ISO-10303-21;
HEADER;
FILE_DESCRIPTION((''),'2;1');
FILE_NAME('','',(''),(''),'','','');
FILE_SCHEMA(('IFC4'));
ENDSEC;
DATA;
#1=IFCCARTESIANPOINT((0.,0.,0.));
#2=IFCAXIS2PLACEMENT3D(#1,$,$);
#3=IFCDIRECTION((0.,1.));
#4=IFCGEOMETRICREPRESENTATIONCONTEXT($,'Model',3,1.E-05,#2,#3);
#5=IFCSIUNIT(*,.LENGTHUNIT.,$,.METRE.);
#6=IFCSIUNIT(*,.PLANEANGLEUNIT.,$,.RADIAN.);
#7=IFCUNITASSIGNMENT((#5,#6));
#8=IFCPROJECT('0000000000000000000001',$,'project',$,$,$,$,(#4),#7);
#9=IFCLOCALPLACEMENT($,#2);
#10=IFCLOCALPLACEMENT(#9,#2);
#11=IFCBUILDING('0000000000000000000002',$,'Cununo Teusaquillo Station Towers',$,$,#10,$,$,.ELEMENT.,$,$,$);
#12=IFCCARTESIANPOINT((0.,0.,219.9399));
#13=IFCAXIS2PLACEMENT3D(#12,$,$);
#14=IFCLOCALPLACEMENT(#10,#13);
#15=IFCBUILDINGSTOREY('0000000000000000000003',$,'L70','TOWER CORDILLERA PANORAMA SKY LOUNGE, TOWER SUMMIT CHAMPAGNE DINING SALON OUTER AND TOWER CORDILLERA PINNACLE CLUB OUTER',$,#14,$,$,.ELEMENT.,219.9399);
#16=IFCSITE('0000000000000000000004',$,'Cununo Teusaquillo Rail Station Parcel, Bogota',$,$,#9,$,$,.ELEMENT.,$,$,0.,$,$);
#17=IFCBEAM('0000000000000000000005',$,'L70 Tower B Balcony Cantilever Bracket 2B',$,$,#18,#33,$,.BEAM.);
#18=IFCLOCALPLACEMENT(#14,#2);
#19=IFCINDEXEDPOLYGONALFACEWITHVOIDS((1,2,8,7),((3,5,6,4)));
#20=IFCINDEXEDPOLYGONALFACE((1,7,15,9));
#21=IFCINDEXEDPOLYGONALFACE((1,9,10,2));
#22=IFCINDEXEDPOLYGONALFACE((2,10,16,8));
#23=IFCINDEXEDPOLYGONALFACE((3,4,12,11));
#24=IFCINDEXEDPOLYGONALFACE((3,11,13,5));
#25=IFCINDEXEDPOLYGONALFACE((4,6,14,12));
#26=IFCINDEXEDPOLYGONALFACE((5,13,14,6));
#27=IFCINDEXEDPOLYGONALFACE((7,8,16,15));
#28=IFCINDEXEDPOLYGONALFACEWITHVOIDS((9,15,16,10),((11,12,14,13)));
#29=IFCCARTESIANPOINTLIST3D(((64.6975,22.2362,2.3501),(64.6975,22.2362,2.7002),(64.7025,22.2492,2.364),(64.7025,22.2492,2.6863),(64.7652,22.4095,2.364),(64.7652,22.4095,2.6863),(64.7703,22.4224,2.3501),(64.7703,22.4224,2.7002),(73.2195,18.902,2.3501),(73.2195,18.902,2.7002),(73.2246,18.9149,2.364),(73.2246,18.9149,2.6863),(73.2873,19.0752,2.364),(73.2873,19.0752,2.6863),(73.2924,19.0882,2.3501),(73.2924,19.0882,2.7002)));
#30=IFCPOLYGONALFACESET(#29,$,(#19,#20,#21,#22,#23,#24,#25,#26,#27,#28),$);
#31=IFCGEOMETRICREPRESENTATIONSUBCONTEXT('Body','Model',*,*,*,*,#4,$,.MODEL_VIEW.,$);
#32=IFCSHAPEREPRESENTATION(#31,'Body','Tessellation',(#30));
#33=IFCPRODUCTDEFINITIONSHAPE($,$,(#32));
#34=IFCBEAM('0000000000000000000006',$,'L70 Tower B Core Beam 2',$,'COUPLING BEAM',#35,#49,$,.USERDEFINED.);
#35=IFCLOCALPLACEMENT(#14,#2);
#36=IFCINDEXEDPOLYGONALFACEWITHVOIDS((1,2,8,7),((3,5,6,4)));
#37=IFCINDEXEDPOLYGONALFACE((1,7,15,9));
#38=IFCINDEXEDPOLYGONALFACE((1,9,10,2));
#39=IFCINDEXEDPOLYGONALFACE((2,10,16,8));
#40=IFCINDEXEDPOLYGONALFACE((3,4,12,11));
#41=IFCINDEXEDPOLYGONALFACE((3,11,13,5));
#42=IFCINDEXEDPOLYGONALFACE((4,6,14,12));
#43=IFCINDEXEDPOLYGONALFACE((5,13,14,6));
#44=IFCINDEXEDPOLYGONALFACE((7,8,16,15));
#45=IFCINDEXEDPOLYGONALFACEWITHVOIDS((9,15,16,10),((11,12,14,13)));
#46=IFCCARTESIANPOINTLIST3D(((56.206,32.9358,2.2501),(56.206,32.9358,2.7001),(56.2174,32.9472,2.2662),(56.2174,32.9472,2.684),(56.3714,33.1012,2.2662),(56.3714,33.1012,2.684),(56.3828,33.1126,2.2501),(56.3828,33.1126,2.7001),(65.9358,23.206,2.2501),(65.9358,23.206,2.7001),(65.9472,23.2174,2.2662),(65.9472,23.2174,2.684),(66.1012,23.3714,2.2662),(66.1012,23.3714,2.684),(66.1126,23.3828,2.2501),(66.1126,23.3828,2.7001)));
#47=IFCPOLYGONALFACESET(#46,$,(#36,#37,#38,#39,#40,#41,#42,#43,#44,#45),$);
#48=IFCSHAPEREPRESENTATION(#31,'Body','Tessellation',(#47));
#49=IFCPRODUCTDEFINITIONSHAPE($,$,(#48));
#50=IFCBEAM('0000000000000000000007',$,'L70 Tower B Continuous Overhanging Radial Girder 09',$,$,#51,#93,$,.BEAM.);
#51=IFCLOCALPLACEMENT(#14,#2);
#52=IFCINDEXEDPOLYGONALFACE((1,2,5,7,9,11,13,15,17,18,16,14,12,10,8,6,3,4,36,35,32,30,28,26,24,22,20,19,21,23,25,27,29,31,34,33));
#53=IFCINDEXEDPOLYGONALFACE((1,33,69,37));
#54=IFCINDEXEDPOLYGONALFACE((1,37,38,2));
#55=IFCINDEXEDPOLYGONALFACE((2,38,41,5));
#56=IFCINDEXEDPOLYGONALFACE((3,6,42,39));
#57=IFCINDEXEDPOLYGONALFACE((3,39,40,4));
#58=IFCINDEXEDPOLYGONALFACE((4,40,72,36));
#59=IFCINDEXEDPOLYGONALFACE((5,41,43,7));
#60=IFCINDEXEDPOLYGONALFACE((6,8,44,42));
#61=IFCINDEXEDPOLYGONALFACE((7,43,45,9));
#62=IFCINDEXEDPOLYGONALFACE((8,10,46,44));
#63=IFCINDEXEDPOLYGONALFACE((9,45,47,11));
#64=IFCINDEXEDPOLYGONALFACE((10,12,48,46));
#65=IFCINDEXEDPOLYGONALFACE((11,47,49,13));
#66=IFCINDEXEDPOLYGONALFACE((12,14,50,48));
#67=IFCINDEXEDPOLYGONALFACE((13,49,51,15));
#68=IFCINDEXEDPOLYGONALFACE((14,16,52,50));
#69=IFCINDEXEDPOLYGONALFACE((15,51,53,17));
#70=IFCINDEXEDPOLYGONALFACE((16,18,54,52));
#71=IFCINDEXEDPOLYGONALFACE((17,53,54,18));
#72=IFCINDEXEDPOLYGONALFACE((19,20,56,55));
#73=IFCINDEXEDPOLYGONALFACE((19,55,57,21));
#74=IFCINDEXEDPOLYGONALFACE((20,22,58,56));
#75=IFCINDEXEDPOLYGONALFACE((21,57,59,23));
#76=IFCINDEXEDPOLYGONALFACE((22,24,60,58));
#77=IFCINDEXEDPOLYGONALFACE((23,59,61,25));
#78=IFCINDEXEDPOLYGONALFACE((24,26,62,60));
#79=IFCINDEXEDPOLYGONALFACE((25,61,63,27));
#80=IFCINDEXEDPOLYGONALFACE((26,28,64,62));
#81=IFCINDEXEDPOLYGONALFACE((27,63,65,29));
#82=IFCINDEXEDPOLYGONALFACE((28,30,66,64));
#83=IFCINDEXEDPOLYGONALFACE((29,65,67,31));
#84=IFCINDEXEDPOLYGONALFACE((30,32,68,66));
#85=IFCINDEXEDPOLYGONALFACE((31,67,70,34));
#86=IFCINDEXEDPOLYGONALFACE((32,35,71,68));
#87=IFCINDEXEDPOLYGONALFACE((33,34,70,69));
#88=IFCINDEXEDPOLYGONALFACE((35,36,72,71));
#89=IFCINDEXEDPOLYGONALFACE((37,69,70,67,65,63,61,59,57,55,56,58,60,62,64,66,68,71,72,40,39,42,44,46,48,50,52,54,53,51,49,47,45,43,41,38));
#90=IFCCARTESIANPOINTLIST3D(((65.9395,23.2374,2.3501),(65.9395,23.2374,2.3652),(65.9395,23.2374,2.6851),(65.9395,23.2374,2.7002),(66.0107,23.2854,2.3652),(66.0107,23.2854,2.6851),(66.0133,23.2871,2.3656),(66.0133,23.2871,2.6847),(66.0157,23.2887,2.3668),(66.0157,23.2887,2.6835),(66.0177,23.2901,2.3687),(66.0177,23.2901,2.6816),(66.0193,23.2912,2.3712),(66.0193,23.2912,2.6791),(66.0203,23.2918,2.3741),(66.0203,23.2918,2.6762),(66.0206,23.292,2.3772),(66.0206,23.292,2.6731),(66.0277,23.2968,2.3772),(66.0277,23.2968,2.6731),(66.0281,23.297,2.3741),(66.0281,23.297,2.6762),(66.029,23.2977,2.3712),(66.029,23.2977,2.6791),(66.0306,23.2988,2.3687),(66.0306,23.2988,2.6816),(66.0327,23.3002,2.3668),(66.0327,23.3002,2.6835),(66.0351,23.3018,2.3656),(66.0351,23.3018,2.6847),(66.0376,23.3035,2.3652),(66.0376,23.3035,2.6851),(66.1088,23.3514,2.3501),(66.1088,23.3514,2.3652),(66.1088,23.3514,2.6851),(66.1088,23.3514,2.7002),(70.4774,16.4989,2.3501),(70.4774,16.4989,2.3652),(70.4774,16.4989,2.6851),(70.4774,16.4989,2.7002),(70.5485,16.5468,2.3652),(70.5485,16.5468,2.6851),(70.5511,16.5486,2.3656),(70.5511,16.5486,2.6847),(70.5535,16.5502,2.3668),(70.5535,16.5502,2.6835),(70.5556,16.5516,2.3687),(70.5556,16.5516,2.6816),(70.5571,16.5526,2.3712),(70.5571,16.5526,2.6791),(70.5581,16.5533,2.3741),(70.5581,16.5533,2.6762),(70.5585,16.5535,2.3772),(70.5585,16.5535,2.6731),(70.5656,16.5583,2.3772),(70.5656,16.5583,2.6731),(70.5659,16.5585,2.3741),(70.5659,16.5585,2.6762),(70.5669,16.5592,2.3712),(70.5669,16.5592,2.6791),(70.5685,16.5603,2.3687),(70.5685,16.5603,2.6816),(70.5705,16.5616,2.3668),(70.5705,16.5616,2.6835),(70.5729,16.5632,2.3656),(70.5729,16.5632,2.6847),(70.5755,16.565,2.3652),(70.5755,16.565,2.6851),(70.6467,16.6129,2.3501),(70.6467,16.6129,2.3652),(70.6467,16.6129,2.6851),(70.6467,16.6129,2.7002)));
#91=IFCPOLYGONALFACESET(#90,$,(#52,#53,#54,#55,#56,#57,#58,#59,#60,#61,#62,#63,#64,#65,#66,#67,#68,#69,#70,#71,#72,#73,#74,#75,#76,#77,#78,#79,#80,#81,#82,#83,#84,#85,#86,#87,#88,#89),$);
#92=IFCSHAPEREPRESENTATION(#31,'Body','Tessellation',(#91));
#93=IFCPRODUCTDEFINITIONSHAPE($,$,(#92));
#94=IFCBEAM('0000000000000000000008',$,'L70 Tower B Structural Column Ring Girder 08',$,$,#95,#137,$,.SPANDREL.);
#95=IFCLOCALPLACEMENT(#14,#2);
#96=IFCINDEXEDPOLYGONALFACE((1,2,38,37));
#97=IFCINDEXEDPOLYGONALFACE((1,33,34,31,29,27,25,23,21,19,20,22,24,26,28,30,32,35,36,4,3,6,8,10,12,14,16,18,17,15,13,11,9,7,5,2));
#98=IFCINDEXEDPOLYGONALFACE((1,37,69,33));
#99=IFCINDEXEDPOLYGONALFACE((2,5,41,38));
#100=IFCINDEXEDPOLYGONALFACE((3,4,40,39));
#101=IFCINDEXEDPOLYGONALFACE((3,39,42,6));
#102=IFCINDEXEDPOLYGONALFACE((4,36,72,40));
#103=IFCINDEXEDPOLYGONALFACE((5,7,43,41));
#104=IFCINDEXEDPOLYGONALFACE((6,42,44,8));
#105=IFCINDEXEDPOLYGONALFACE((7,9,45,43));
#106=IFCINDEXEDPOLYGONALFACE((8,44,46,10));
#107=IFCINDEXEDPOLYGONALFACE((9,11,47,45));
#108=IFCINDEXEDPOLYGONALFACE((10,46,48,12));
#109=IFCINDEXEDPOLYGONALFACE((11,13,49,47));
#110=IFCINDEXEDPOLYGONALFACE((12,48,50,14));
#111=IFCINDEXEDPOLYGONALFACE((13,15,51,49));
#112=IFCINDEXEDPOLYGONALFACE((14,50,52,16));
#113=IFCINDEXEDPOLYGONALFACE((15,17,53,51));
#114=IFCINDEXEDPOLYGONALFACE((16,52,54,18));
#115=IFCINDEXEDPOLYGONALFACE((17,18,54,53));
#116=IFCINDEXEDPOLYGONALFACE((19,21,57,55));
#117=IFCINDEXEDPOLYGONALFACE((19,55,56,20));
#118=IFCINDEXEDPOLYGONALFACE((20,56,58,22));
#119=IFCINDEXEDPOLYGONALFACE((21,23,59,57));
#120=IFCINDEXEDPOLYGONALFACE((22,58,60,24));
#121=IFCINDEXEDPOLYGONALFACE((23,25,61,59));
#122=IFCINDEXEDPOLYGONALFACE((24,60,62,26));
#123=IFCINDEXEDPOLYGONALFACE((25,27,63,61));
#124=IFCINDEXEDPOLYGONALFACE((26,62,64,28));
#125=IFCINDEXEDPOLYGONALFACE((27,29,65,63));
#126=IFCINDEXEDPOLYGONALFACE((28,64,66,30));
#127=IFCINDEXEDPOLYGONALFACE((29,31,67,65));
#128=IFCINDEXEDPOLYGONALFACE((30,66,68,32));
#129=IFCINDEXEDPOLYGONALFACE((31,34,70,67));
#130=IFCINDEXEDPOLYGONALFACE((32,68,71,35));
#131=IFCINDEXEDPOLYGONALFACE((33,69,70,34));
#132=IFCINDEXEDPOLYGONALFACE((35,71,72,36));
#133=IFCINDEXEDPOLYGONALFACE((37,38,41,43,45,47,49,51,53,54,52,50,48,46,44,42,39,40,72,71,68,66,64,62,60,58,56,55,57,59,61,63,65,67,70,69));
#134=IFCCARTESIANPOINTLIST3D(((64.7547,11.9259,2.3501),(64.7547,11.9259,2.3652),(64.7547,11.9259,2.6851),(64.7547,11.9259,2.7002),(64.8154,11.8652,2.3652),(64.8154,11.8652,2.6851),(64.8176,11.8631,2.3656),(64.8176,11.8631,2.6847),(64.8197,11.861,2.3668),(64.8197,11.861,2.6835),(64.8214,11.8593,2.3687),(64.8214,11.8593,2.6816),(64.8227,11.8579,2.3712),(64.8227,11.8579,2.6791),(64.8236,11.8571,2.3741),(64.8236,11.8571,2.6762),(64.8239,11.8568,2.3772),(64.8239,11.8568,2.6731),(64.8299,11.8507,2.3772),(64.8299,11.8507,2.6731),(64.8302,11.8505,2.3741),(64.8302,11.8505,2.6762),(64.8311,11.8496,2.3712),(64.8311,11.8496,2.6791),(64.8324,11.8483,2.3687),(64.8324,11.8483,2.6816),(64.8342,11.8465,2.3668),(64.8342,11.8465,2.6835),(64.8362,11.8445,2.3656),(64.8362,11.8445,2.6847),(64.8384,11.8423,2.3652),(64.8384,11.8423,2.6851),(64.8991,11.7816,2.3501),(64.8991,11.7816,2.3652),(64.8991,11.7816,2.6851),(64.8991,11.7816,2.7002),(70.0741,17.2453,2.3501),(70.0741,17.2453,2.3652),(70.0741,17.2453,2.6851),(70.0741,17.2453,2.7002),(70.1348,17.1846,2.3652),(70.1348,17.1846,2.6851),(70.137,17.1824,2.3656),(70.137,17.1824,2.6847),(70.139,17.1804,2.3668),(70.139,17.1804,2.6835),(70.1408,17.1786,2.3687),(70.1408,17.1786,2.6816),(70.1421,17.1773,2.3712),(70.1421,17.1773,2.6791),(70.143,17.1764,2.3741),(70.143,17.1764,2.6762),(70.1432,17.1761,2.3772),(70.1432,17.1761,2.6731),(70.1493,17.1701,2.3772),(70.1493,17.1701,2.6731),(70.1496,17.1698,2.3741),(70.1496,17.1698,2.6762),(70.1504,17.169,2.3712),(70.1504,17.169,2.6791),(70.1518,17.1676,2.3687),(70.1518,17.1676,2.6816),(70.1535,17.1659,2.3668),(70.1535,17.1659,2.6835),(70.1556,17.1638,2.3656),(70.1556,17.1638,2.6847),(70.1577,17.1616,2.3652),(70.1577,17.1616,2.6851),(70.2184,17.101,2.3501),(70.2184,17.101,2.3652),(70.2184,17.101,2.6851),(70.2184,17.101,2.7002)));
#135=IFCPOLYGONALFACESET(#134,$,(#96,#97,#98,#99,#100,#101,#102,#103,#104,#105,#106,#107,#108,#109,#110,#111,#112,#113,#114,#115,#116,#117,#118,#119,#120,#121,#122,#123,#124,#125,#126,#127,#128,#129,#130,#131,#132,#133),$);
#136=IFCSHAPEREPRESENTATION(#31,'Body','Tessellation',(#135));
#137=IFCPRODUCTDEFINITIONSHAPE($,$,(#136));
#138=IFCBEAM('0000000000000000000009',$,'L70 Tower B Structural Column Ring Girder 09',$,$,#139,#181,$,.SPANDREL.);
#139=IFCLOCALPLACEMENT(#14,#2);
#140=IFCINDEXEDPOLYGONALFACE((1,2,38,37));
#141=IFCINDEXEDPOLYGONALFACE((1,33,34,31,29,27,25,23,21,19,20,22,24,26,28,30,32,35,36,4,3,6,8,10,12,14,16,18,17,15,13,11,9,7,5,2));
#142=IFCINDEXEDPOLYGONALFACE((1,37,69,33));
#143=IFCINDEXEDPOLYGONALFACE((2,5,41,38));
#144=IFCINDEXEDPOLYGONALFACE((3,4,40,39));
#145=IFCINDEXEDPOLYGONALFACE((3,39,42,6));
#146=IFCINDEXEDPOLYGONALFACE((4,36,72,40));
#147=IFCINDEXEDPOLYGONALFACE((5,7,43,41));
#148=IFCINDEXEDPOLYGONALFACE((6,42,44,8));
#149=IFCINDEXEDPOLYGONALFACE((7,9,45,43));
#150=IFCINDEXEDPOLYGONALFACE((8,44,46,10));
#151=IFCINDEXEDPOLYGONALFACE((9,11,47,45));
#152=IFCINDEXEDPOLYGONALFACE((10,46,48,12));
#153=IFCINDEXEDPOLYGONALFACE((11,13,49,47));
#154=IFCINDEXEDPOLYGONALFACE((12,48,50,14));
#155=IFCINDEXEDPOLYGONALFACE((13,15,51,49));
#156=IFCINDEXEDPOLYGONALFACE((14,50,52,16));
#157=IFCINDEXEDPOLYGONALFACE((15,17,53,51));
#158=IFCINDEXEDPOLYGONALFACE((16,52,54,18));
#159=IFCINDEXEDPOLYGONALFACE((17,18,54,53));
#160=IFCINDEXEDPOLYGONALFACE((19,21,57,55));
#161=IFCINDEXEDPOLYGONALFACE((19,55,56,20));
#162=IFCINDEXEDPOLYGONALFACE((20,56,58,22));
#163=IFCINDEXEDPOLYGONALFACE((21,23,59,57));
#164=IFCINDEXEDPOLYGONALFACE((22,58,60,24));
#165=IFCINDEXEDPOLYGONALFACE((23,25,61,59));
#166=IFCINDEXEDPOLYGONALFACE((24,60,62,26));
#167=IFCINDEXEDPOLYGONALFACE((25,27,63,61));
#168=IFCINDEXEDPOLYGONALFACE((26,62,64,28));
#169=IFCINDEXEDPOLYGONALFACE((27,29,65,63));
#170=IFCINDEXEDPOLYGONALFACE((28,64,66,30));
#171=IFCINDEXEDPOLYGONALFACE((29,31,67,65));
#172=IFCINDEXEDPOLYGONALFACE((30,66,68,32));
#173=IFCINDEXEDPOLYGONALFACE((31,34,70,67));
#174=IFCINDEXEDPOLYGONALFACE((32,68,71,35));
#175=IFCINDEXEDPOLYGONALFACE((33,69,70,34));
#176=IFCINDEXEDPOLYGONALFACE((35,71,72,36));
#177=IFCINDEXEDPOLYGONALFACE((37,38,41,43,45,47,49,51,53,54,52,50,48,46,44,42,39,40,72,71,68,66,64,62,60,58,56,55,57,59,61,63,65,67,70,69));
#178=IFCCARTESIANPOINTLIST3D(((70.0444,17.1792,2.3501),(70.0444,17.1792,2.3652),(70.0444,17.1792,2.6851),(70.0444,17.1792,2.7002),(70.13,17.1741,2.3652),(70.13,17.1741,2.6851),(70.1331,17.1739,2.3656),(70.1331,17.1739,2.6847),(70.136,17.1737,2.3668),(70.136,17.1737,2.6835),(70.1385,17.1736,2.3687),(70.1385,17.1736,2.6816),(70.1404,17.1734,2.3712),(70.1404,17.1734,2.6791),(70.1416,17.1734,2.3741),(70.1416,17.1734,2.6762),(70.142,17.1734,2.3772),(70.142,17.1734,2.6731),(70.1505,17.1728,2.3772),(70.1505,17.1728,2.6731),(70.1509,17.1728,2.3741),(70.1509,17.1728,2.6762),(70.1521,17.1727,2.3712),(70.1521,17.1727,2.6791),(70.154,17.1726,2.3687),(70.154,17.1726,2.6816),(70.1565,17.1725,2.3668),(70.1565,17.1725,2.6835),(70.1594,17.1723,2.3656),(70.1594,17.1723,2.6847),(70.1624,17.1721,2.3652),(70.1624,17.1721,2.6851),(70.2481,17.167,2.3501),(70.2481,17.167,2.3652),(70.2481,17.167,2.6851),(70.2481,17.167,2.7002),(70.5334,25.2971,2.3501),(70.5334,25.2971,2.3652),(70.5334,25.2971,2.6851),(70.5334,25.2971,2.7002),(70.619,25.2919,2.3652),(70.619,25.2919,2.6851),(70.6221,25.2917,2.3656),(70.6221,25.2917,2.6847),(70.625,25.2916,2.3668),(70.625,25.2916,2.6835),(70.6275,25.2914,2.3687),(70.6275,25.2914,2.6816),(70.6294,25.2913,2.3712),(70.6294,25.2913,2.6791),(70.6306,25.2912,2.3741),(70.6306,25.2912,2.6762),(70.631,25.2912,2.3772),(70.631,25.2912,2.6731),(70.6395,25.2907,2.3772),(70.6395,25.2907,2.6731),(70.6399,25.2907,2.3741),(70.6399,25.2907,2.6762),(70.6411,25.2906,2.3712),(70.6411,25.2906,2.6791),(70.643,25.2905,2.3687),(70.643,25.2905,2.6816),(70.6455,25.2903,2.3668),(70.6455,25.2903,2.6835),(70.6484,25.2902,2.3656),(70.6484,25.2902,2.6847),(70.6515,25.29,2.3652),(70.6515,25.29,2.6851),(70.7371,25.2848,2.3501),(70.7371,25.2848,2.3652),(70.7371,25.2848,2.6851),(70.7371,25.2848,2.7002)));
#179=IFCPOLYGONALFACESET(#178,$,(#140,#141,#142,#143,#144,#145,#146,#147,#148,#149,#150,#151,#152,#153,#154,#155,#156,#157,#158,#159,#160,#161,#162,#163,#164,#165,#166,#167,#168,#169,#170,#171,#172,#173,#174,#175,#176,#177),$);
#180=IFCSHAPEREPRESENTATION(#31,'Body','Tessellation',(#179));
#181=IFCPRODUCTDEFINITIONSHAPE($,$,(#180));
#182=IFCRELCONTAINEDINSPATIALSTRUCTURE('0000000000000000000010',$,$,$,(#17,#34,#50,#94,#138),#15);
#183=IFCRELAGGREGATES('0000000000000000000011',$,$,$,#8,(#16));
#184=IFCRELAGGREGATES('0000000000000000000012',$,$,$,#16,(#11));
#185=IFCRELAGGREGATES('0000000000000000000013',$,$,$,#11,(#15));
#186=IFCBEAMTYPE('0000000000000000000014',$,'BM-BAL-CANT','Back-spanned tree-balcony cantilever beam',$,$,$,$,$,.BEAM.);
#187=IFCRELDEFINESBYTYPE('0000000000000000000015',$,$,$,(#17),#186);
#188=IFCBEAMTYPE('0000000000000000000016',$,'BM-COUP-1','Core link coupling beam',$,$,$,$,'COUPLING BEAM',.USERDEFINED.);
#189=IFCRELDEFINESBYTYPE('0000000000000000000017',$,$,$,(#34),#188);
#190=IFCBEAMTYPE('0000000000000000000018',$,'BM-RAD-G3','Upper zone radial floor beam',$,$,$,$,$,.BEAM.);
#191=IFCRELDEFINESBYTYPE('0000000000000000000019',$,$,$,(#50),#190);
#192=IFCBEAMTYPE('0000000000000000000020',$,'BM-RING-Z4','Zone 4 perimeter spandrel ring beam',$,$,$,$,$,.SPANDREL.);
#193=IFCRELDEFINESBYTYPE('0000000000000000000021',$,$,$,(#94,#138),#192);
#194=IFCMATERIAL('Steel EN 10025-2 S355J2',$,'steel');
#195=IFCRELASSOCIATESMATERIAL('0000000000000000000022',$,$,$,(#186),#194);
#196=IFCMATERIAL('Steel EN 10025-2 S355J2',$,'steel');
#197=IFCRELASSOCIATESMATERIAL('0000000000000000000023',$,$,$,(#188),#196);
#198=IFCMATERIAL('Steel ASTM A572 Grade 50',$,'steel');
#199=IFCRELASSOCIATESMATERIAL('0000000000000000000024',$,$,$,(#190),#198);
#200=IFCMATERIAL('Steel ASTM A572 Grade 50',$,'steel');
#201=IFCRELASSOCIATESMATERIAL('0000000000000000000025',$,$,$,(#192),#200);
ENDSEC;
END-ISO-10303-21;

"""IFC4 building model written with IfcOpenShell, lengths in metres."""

from ifc_helpers import new_model, si_unit, direction, frame, origin, origin_2d, place, context, subcontext, project, spatial, hollow_rectangle, i_section, extrude, material, material_profile, profile_set, type_object, element, save


model = new_model("IFC4")

# Units and contexts
model_context = context("Model", 3, precision=1e-05, world=origin(), true_north=direction((0.0, 1.0)))
body_context = subcontext(model_context, "Body", "Model", "MODEL_VIEW")
ifc_project = project(units=[si_unit("LENGTHUNIT", "METRE"), si_unit("PLANEANGLEUNIT", "RADIAN")], contexts=[model_context])

# Site, building, storey
site_placement = place(None, origin())
site = spatial("IfcSite", under=ifc_project, at=site_placement, Name="Cununo Teusaquillo Rail Station Parcel, Bogota", CompositionType="ELEMENT", RefElevation=0.0)
building_placement = place(site_placement, origin())
building = spatial("IfcBuilding", under=site, at=building_placement, Name="Cununo Teusaquillo Station Towers", CompositionType="ELEMENT")
storey_placement = place(building_placement, frame((0.0, 0.0, 219.9399)))
storey = spatial("IfcBuildingStorey", under=building, at=storey_placement, Name="L70", Description="TOWER CORDILLERA PANORAMA SKY LOUNGE, TOWER SUMMIT CHAMPAGNE DINING SALON OUTER AND TOWER CORDILLERA PINNACLE CLUB OUTER", CompositionType="ELEMENT", Elevation=219.9399)

# Beams
ifc_material_1 = material(Name="Steel EN 10025-2 S355J2", Category="steel")
ifc_material_profile_1 = material_profile(ifc_material_1, hollow_rectangle(XDim=0.2, YDim=0.3501, WallThickness=0.0139, at=origin_2d()), Name="RHS 350x200x14")
ifc_profile_set_1 = profile_set([ifc_material_profile_1], Name="Steel EN 10025-2 S355J2")
beam_type_1 = type_object("IfcBeamType", Name="BM-BAL-CANT", Description="Back-spanned tree-balcony cantilever beam", PredefinedType="BEAM", material=ifc_profile_set_1)
beam_1_placement = place(storey_placement, frame((64.7339, 22.3293, 2.5251), z_axis=(0.93126, -0.364356, 0.0), x_axis=(0.364356, 0.93126, 0.0)))
element("IfcBeam", 1, at=beam_1_placement, inside=storey, type_object=beam_type_1, Name="L70 Tower B Balcony Cantilever Bracket 2B", PredefinedType="BEAM", context=body_context, shape_type="SweptSolid", body=[
    extrude(hollow_rectangle(XDim=0.2, YDim=0.3501, WallThickness=0.0139, at=origin_2d()), origin(), (0.0, 0.0, 1.0), 9.1511),
])
ifc_material_2 = material(Name="Steel EN 10025-2 S355J2", Category="steel")
ifc_material_profile_2 = material_profile(ifc_material_2, hollow_rectangle(XDim=0.25, YDim=0.45, WallThickness=0.0161, at=origin_2d()), Name="RHS 450x250x16")
ifc_profile_set_2 = profile_set([ifc_material_profile_2], Name="Steel EN 10025-2 S355J2")
beam_type_2 = type_object("IfcBeamType", Name="BM-COUP-1", Description="Core link coupling beam", ElementType="COUPLING BEAM", PredefinedType="USERDEFINED", material=ifc_profile_set_2)
beam_2_placement = place(storey_placement, frame((66.0242, 23.2944, 2.4751), z_axis=(-0.707107, 0.707107, 0.0), x_axis=(-0.707107, -0.707107, 0.0)))
element("IfcBeam", 2, at=beam_2_placement, inside=storey, type_object=beam_type_2, Name="L70 Tower B Core Beam 2", ObjectType="COUPLING BEAM", PredefinedType="USERDEFINED", context=body_context, shape_type="SweptSolid", body=[
    extrude(hollow_rectangle(XDim=0.25, YDim=0.45, WallThickness=0.0161, at=origin_2d()), origin(), (0.0, 0.0, 1.0), 13.76),
])
ifc_material_3 = material(Name="Steel ASTM A572 Grade 50", Category="steel")
ifc_material_profile_3 = material_profile(ifc_material_3, i_section(OverallWidth=0.2041, OverallDepth=0.3501, WebThickness=0.0085, FlangeThickness=0.0151, FilletRadius=0.012, at=origin_2d()), Name="W14X48")
ifc_profile_set_3 = profile_set([ifc_material_profile_3], Name="Steel ASTM A572 Grade 50")
beam_type_3 = type_object("IfcBeamType", Name="BM-RAD-G3", Description="Upper zone radial floor beam", PredefinedType="BEAM", material=ifc_profile_set_3)
beam_3_placement = place(storey_placement, frame((66.0242, 23.2944, 2.5251), z_axis=(0.558571, -0.829457, 0.0), x_axis=(0.829457, 0.558571, 0.0)))
element("IfcBeam", 3, at=beam_3_placement, inside=storey, type_object=beam_type_3, Name="L70 Tower B Continuous Overhanging Radial Girder 09", PredefinedType="BEAM", context=body_context, shape_type="SweptSolid", body=[
    extrude(i_section(OverallWidth=0.2041, OverallDepth=0.3501, WebThickness=0.0085, FlangeThickness=0.0151, FilletRadius=0.012, at=origin_2d()), origin(), (0.0, 0.0, 1.0), 8.124),
])
ifc_material_4 = material(Name="Steel ASTM A572 Grade 50", Category="steel")
ifc_material_profile_4 = material_profile(ifc_material_4, i_section(OverallWidth=0.2041, OverallDepth=0.3501, WebThickness=0.0085, FlangeThickness=0.0151, FilletRadius=0.012, at=origin_2d()), Name="W14X48")
ifc_profile_set_4 = profile_set([ifc_material_profile_4], Name="Steel ASTM A572 Grade 50")
beam_type_4 = type_object("IfcBeamType", Name="BM-RING-Z4", Description="Zone 4 perimeter spandrel ring beam", PredefinedType="SPANDREL", material=ifc_profile_set_4)
beam_4_placement = place(storey_placement, frame((64.8269, 11.8538, 2.5251), z_axis=(0.707107, 0.707107, 0.0), x_axis=(-0.707107, 0.707107, 0.0)))
element("IfcBeam", 4, at=beam_4_placement, inside=storey, type_object=beam_type_4, Name="L70 Tower B Structural Column Ring Girder 08", PredefinedType="SPANDREL", context=body_context, shape_type="SweptSolid", body=[
    extrude(i_section(OverallWidth=0.2041, OverallDepth=0.3501, WebThickness=0.0085, FlangeThickness=0.0151, FilletRadius=0.012, at=origin_2d()), origin(), (0.0, 0.0, 1.0), 7.5227),
])
beam_5_placement = place(storey_placement, frame((70.1462, 17.1731, 2.5251), z_axis=(0.06013, 0.998191, 0.0), x_axis=(-0.998191, 0.06013, 0.0)))
element("IfcBeam", 5, at=beam_5_placement, inside=storey, type_object=beam_type_4, Name="L70 Tower B Structural Column Ring Girder 09", PredefinedType="SPANDREL", context=body_context, shape_type="SweptSolid", body=[
    extrude(i_section(OverallWidth=0.2041, OverallDepth=0.3501, WebThickness=0.0085, FlangeThickness=0.0151, FilletRadius=0.012, at=origin_2d()), origin(), (0.0, 0.0, 1.0), 8.1326),
])

save(model, "model.ifc")
